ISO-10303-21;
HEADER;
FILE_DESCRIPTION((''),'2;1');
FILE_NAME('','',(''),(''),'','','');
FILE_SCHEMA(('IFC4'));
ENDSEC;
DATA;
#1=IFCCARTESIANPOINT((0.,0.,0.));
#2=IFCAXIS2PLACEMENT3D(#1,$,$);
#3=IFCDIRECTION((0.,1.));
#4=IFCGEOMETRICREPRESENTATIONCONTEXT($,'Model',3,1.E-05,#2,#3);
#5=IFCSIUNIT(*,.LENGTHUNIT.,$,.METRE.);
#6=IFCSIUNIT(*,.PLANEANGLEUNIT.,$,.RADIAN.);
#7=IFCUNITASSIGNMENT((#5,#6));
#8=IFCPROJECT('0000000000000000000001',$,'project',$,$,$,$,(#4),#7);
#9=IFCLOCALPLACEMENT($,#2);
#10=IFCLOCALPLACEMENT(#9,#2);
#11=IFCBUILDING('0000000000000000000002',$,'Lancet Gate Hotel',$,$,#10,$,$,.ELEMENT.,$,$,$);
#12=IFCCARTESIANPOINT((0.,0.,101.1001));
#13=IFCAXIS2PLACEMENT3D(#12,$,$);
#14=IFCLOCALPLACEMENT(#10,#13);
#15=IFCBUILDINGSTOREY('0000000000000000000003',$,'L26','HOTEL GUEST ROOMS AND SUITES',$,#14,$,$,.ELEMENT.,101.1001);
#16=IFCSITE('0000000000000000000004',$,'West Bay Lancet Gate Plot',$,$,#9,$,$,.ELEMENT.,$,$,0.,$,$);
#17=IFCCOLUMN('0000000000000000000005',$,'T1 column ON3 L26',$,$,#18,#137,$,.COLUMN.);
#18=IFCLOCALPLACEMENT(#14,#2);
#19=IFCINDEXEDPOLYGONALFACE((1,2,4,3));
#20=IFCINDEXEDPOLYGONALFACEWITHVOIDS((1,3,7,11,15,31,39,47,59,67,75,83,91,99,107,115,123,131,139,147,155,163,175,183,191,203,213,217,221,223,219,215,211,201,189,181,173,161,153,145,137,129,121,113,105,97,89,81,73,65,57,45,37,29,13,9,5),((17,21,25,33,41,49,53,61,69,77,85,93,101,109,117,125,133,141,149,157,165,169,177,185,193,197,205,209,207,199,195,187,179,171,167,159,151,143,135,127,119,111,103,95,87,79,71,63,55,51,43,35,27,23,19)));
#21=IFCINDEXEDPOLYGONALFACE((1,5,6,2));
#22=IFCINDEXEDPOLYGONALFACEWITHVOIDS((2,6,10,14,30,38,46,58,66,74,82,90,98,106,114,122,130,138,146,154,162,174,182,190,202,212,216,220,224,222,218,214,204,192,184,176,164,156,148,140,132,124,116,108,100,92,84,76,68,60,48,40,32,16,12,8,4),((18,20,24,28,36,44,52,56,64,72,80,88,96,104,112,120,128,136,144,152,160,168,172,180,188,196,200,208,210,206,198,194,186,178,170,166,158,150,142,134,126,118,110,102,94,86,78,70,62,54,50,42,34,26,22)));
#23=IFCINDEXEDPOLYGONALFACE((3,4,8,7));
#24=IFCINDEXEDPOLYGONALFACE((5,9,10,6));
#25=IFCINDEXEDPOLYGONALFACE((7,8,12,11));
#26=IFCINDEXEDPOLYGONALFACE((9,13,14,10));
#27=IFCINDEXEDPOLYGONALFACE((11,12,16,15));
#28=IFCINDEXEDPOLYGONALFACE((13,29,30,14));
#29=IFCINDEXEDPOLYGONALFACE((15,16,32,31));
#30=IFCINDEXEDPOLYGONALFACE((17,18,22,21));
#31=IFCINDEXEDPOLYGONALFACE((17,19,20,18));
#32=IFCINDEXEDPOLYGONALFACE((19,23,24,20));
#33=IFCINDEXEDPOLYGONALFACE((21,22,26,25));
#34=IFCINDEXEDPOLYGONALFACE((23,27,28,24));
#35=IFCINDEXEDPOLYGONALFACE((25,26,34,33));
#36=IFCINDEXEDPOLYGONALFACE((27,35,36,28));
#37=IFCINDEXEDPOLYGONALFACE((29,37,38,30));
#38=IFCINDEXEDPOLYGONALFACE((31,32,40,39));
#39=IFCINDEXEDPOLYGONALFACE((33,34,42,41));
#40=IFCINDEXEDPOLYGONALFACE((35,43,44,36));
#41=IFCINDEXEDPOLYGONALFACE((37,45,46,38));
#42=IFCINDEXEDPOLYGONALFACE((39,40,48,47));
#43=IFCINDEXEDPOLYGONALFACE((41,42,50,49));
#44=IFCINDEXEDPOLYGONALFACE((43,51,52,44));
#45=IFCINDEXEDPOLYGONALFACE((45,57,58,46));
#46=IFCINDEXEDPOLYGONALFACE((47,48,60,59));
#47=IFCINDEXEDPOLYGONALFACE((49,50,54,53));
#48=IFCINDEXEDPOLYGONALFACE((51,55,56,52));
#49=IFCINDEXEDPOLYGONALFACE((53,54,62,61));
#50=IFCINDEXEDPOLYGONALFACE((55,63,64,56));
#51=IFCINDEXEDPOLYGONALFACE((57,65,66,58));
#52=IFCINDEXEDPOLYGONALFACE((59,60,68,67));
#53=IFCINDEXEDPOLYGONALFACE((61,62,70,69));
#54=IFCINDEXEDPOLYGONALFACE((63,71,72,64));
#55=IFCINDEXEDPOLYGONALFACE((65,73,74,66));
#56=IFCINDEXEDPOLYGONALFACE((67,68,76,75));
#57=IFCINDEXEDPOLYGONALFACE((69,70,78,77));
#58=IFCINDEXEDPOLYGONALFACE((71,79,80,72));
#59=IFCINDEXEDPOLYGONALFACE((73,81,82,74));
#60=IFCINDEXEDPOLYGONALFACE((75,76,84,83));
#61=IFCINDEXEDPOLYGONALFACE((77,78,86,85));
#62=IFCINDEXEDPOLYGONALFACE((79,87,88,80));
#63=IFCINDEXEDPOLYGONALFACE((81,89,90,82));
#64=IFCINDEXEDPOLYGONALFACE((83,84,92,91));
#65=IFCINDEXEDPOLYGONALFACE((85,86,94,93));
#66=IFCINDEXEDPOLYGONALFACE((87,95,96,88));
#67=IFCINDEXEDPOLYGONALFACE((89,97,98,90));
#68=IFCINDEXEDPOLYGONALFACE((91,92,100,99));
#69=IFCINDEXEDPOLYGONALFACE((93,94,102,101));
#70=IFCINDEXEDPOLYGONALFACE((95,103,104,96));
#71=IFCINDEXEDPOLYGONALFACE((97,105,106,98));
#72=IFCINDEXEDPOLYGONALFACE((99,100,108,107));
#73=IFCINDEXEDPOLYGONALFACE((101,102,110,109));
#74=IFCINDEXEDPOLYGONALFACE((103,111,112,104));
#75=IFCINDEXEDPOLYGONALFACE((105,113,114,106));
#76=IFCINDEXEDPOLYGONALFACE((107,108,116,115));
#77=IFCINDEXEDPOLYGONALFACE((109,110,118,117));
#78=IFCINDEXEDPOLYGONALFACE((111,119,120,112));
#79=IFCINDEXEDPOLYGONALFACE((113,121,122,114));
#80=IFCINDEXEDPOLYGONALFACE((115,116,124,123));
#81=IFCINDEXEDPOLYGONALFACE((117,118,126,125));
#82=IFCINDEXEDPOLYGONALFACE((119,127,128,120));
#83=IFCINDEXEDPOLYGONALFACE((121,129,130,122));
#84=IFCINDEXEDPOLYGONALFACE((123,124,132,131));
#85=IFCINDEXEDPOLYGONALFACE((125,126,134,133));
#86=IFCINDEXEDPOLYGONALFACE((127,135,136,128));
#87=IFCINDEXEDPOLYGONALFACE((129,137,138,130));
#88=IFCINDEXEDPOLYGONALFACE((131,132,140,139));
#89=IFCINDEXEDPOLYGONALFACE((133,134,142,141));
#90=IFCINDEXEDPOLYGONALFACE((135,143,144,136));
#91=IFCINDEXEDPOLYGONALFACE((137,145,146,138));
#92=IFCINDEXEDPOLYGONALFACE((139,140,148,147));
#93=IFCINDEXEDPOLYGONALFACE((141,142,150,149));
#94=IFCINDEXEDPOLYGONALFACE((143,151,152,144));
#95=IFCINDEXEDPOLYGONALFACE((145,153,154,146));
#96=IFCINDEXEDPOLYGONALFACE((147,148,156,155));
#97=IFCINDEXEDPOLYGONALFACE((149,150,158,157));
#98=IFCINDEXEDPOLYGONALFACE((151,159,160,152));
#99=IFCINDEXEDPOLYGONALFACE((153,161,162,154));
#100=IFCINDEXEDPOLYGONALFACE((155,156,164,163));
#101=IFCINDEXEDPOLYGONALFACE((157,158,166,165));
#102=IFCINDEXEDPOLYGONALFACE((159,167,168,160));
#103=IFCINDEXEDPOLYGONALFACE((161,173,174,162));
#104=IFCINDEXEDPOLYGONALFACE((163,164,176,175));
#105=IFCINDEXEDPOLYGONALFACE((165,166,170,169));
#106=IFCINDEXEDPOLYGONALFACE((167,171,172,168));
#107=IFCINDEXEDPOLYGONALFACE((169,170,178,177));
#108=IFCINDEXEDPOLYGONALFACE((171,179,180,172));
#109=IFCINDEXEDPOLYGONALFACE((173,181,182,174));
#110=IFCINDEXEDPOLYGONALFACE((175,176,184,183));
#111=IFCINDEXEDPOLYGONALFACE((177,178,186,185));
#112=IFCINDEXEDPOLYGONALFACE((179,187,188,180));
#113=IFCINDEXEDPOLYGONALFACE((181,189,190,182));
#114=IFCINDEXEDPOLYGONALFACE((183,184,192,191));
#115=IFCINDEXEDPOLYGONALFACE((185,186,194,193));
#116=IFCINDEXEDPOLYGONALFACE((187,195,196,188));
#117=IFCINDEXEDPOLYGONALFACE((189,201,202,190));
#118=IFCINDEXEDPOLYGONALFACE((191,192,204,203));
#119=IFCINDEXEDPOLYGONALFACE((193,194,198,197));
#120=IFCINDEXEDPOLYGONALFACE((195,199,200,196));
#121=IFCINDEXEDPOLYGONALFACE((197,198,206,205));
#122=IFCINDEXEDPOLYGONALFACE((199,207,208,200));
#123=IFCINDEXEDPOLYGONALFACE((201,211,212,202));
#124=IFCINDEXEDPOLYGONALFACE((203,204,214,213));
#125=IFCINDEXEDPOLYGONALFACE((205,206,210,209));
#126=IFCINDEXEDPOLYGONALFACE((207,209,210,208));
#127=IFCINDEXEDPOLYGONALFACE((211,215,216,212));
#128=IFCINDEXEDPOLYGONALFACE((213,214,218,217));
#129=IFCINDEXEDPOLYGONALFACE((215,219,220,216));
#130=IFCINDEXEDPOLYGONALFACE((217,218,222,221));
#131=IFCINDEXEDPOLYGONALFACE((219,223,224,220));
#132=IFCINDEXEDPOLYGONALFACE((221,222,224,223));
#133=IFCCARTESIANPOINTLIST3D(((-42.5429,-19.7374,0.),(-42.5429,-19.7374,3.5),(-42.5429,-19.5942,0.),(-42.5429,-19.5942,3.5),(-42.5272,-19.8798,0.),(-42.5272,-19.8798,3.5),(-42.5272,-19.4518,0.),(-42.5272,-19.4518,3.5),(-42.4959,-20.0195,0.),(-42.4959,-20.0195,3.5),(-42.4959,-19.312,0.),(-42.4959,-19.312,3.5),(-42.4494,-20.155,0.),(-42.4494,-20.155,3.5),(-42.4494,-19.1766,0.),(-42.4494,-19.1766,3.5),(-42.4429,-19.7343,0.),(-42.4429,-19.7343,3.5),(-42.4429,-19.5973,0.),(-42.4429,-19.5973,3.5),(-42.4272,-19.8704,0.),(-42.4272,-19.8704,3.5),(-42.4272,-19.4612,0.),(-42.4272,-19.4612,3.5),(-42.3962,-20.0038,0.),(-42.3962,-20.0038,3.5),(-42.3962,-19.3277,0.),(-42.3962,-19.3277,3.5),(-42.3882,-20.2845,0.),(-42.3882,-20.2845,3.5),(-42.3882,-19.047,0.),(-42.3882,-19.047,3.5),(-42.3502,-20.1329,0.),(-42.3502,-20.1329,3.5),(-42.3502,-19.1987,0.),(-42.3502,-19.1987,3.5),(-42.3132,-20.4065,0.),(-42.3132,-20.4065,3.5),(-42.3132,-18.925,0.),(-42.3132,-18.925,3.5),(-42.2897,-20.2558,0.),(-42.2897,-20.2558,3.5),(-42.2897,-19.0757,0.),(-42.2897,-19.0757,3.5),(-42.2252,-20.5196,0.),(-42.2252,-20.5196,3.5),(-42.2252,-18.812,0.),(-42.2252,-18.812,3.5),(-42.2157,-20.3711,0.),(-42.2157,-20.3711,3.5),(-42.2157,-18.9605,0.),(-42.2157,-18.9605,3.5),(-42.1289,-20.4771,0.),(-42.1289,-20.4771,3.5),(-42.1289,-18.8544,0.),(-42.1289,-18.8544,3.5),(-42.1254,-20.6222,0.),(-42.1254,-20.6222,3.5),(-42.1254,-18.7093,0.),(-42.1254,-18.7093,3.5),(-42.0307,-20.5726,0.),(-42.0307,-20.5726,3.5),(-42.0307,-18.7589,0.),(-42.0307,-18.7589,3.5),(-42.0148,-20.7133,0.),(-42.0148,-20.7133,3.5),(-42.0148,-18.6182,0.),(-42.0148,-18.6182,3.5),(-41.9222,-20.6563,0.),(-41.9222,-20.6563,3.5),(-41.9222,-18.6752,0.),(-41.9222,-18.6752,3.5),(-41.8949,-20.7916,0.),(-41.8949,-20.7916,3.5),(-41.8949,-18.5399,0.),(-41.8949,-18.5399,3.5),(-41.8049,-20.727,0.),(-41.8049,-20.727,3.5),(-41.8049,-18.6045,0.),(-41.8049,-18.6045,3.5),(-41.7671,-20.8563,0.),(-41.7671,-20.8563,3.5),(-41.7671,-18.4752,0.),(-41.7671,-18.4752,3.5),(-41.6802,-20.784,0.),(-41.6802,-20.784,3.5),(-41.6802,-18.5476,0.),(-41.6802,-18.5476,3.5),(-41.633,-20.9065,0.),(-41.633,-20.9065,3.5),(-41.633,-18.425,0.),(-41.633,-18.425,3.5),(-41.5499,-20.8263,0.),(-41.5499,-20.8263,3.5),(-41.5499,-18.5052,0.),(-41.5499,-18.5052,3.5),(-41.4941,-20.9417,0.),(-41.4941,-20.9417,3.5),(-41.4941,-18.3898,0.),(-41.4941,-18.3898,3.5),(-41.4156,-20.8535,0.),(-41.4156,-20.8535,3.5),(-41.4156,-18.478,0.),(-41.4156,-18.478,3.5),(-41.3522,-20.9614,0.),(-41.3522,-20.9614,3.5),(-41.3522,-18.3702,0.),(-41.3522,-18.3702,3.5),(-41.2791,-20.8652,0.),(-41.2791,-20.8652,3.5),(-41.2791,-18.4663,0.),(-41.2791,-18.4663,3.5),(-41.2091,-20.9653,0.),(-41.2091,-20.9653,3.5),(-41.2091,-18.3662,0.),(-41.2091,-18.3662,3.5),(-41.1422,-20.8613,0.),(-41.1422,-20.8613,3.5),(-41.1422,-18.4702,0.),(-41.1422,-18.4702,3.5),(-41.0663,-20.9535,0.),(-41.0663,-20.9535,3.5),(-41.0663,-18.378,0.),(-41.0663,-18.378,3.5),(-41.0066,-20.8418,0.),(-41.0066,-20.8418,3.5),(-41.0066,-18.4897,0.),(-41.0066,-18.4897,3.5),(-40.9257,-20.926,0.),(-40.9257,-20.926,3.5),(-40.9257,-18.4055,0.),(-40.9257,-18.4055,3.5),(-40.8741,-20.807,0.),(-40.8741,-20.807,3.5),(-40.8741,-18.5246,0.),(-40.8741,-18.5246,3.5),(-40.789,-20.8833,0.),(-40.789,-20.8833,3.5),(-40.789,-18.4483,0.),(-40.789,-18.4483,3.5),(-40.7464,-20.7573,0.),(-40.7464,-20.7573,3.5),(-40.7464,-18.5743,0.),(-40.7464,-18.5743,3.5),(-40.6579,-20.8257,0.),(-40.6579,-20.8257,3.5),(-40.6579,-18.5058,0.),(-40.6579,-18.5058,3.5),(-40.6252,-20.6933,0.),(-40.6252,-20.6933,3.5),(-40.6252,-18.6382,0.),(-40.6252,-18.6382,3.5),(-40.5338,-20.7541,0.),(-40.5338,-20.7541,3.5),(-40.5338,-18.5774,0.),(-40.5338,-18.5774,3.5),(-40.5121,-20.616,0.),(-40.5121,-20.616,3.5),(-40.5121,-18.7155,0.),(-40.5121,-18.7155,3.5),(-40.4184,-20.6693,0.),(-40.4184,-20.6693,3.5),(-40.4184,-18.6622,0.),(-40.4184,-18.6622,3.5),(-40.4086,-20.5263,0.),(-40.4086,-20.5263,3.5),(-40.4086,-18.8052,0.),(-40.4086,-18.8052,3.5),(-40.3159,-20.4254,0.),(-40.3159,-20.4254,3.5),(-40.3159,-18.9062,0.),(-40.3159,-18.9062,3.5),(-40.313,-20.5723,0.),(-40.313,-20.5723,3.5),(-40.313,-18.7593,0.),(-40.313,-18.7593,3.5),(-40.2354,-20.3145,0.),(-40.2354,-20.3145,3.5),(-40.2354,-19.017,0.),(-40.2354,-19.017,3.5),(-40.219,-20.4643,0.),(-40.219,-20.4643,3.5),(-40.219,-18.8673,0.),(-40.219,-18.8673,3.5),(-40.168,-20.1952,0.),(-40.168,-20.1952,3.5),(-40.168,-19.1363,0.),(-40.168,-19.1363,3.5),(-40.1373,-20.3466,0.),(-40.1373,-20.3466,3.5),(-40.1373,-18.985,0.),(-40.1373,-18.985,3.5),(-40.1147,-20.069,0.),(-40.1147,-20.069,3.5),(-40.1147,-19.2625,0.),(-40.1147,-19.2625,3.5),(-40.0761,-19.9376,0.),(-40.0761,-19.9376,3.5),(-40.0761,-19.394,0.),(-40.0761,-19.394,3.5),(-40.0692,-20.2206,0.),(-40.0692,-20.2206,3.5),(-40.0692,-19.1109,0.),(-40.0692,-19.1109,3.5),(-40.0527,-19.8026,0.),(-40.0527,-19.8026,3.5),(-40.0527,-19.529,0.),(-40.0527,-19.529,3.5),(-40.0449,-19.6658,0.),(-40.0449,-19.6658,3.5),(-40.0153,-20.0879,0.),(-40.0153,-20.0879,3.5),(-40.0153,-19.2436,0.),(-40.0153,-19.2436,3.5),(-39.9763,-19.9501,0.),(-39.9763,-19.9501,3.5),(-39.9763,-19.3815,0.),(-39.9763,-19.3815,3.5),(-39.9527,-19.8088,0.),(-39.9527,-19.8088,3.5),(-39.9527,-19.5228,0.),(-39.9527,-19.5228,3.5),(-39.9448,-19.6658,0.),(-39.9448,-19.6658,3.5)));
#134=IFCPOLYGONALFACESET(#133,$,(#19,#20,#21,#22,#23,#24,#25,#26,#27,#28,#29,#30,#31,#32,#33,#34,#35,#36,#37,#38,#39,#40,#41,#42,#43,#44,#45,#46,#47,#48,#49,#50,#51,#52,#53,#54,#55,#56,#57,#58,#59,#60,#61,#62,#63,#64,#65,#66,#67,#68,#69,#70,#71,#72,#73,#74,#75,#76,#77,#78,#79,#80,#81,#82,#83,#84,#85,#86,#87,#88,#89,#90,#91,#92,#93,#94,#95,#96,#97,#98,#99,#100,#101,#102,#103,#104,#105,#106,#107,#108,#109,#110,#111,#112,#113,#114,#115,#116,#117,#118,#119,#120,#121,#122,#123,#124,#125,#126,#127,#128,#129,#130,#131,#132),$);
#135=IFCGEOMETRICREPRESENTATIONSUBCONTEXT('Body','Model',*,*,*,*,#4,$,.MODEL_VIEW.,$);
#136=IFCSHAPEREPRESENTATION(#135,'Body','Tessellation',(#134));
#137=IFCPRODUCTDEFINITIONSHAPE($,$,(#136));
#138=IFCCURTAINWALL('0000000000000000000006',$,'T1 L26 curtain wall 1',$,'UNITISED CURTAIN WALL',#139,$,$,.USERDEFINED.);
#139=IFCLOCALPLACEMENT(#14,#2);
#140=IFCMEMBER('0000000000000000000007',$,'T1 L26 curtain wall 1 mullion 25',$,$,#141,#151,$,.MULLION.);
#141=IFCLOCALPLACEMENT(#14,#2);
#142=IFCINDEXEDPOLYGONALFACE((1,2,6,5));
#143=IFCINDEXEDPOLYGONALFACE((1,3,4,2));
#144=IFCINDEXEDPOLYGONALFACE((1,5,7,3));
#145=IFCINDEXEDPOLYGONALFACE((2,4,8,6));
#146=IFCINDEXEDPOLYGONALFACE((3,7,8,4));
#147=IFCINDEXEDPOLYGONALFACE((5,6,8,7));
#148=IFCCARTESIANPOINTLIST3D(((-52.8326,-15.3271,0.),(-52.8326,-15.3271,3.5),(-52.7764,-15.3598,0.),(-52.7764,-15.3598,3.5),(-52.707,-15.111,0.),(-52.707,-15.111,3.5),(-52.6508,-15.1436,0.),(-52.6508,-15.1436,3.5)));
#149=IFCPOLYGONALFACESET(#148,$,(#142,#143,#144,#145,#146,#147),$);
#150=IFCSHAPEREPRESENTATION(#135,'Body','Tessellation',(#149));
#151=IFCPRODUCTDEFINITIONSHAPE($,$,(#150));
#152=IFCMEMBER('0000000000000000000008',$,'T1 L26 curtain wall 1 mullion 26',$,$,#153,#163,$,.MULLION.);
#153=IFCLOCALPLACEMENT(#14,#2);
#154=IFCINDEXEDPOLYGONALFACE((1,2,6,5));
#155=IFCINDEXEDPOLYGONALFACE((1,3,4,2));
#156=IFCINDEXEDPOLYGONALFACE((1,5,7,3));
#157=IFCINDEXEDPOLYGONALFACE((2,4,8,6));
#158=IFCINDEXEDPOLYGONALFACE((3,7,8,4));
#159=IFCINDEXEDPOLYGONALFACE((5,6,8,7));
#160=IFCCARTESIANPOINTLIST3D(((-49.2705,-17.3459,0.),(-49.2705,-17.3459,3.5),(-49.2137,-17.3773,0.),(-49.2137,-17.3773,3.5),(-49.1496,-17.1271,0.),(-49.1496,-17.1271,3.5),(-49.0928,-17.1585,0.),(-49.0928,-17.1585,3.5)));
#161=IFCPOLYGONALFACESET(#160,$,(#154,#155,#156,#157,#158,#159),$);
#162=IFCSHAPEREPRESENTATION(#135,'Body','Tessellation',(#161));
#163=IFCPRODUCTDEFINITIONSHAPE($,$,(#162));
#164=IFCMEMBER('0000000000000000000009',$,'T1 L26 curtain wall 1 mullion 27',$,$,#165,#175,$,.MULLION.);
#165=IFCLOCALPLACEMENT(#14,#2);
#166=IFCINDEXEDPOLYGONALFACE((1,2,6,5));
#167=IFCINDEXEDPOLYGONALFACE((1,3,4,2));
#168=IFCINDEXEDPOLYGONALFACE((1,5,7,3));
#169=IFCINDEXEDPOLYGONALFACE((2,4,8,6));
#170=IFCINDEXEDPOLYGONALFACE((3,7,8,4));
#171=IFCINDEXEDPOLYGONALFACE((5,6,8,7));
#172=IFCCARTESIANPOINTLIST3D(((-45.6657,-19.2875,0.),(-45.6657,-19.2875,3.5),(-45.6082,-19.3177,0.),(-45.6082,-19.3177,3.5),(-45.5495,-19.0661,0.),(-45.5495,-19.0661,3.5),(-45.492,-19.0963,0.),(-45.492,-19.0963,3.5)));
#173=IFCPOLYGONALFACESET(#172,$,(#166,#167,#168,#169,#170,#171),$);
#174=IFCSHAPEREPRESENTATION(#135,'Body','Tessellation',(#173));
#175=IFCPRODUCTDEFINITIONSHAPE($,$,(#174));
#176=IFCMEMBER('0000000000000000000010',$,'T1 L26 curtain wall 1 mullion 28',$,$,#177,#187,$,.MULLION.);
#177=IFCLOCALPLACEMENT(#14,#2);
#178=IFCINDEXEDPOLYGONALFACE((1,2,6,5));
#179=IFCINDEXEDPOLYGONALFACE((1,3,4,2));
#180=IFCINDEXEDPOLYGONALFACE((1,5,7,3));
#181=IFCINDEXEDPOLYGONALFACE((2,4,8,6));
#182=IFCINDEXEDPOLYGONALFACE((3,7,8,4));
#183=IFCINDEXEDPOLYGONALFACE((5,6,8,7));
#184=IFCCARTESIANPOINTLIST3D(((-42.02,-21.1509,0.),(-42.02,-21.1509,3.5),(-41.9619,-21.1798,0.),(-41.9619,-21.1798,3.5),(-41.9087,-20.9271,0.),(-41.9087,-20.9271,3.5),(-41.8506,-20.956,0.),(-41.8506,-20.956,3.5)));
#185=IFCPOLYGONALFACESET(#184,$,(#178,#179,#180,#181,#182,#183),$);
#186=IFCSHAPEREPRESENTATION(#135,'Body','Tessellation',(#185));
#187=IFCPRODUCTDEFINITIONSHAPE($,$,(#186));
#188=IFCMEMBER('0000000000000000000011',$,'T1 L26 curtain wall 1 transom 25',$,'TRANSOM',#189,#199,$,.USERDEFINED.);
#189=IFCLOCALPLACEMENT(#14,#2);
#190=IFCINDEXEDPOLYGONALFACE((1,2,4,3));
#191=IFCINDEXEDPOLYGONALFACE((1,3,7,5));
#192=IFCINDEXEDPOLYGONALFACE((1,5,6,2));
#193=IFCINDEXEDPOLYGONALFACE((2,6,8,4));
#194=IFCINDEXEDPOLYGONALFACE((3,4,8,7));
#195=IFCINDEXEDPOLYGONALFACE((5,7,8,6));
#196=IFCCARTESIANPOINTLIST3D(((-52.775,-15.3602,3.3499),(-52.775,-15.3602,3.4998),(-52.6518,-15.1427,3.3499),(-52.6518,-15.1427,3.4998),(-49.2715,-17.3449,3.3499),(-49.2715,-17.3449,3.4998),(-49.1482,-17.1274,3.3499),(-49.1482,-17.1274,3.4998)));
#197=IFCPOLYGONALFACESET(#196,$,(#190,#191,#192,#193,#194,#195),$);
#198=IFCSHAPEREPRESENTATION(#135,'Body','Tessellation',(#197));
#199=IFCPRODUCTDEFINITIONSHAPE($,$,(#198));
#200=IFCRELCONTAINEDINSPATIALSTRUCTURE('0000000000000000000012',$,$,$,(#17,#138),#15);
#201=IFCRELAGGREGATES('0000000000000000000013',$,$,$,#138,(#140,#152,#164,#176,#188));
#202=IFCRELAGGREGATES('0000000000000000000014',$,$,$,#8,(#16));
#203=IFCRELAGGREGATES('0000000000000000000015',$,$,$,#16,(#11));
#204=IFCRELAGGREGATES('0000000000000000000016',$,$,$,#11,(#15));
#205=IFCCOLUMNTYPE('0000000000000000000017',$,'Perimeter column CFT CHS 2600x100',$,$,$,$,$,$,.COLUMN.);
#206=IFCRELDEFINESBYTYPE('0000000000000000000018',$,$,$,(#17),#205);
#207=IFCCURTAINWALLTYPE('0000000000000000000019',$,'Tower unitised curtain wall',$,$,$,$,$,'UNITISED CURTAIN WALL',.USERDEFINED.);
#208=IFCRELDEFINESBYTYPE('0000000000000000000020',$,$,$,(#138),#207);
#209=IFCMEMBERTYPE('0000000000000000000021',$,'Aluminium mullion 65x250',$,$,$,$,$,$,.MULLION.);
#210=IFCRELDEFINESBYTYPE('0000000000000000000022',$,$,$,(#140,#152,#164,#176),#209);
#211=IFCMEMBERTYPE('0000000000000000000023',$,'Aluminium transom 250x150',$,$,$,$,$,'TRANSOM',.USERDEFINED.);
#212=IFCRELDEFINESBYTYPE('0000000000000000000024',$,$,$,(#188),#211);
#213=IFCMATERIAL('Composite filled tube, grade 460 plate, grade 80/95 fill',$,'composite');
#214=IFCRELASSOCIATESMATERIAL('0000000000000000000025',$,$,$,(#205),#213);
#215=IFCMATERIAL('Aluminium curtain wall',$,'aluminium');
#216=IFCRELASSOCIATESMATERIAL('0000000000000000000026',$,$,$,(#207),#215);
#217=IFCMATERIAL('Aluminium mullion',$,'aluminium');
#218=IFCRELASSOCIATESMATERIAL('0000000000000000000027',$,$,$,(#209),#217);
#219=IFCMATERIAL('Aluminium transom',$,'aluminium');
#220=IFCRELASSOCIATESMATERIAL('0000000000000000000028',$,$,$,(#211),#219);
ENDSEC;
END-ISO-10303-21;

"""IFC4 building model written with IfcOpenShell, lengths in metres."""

from ifc_helpers import new_model, si_unit, direction, frame, origin, origin_2d, place, context, subcontext, project, spatial, rectangle, hollow_circle, extrude, material, material_profile, profile_set, type_object, element, aggregate, save


model = new_model("IFC4")

# Units and contexts
model_context = context("Model", 3, precision=1e-05, world=origin(), true_north=direction((0.0, 1.0)))
body_context = subcontext(model_context, "Body", "Model", "MODEL_VIEW")
ifc_project = project(units=[si_unit("LENGTHUNIT", "METRE"), si_unit("PLANEANGLEUNIT", "RADIAN")], contexts=[model_context])

# Site, building, storey
site_placement = place(None, origin())
site = spatial("IfcSite", under=ifc_project, at=site_placement, Name="West Bay Lancet Gate Plot", CompositionType="ELEMENT", RefElevation=0.0)
building_placement = place(site_placement, origin())
building = spatial("IfcBuilding", under=site, at=building_placement, Name="Lancet Gate Hotel", CompositionType="ELEMENT")
storey_placement = place(building_placement, frame((0.0, 0.0, 101.1001)))
storey = spatial("IfcBuildingStorey", under=building, at=storey_placement, Name="L26", Description="HOTEL GUEST ROOMS AND SUITES", CompositionType="ELEMENT", Elevation=101.1001)

# Column
ifc_material_1 = material(Name="Composite filled tube, grade 460 plate, grade 80/95 fill", Category="composite")
ifc_material_profile_1 = material_profile(ifc_material_1, hollow_circle(Radius=1.3, WallThickness=0.1001, at=origin_2d()), Name="CHS 2600x100")
ifc_profile_set_1 = profile_set([ifc_material_profile_1], Name="Composite filled tube, grade 460 plate, grade 80/95 fill")
column_type = type_object("IfcColumnType", Name="Perimeter column CFT CHS 2600x100", PredefinedType="COLUMN", material=ifc_profile_set_1)
for number, where, z_axis, x_axis, name in (
    (1, (-41.2449, -19.6658, 0.0), (0.0, 0.0, 1.0), (1.0, 0.0, 0.0), "T1 column ON3 L26"),
):
    element("IfcColumn", number, at=place(storey_placement, frame(where, z_axis=z_axis, x_axis=x_axis)), inside=storey, type_object=column_type, Name=name, PredefinedType="COLUMN", context=body_context, shape_type="SweptSolid", body=[
        extrude(hollow_circle(Radius=1.3, WallThickness=0.1001, at=origin_2d()), origin(), (0.0, 0.0, 1.0), 3.5),
    ])

# Curtain wall, members
ifc_material_2 = material(Name="Aluminium curtain wall", Category="aluminium")
curtain_wall_type = type_object("IfcCurtainWallType", Name="Tower unitised curtain wall", ElementType="UNITISED CURTAIN WALL", PredefinedType="USERDEFINED", material=ifc_material_2)
curtain_wall_placement = place(storey_placement, origin())
curtain_wall = element("IfcCurtainWall", 2, at=curtain_wall_placement, inside=storey, type_object=curtain_wall_type, Name="T1 L26 curtain wall 1", ObjectType="UNITISED CURTAIN WALL", PredefinedType="USERDEFINED")
ifc_material_3 = material(Name="Aluminium mullion", Category="aluminium")
ifc_material_profile_2 = material_profile(ifc_material_3, rectangle(XDim=0.0649, YDim=0.25, at=origin_2d()), Name="MULLION 65x250")
ifc_profile_set_2 = profile_set([ifc_material_profile_2], Name="Aluminium mullion")
member_type_1 = type_object("IfcMemberType", Name="Aluminium mullion 65x250", PredefinedType="MULLION", material=ifc_profile_set_2)
member_1_placement = place(storey_placement, frame((-52.7417, -15.2354, 0.0), z_axis=(0.0, 0.0, 1.0), x_axis=(0.864728, -0.502241, 0.0)))
member_1 = element("IfcMember", 3, at=member_1_placement, type_object=member_type_1, Name="T1 L26 curtain wall 1 mullion 25", PredefinedType="MULLION", context=body_context, shape_type="SweptSolid", body=[
    extrude(rectangle(XDim=0.0649, YDim=0.25, at=origin_2d()), origin(), (0.0, 0.0, 1.0), 3.5),
])
member_2_placement = place(storey_placement, frame((-49.1816, -17.2522, 0.0), z_axis=(0.0, 0.0, 1.0), x_axis=(0.875339, -0.48351, 0.0)))
member_2 = element("IfcMember", 4, at=member_2_placement, type_object=member_type_1, Name="T1 L26 curtain wall 1 mullion 26", PredefinedType="MULLION", context=body_context, shape_type="SweptSolid", body=[
    extrude(rectangle(XDim=0.0649, YDim=0.25, at=origin_2d()), origin(), (0.0, 0.0, 1.0), 3.5),
])
member_3_placement = place(storey_placement, frame((-45.5789, -19.1919, 0.0), z_axis=(0.0, 0.0, 1.0), x_axis=(0.885544, -0.464555, 0.0)))
member_3 = element("IfcMember", 5, at=member_3_placement, type_object=member_type_1, Name="T1 L26 curtain wall 1 mullion 27", PredefinedType="MULLION", context=body_context, shape_type="SweptSolid", body=[
    extrude(rectangle(XDim=0.0649, YDim=0.25, at=origin_2d()), origin(), (0.0, 0.0, 1.0), 3.5),
])
member_4_placement = place(storey_placement, frame((-41.9353, -21.0535, 0.0), z_axis=(0.0, 0.0, 1.0), x_axis=(0.895339, -0.445384, 0.0)))
member_4 = element("IfcMember", 6, at=member_4_placement, type_object=member_type_1, Name="T1 L26 curtain wall 1 mullion 28", PredefinedType="MULLION", context=body_context, shape_type="SweptSolid", body=[
    extrude(rectangle(XDim=0.0649, YDim=0.25, at=origin_2d()), origin(), (0.0, 0.0, 1.0), 3.5),
])
ifc_material_4 = material(Name="Aluminium transom", Category="aluminium")
ifc_material_profile_3 = material_profile(ifc_material_4, rectangle(XDim=0.25, YDim=0.1499, at=origin_2d()), Name="TRANSOM 250x150")
ifc_profile_set_3 = profile_set([ifc_material_profile_3], Name="Aluminium transom")
member_type_2 = type_object("IfcMemberType", Name="Aluminium transom 250x150", ElementType="TRANSOM", PredefinedType="USERDEFINED", material=ifc_profile_set_3)
member_5_placement = place(storey_placement, frame((-52.7134, -15.2515, 3.4248), z_axis=(0.870092, -0.49289, 0.0), x_axis=(0.49289, 0.870092, 0.0)))
member_5 = element("IfcMember", 7, at=member_5_placement, type_object=member_type_2, Name="T1 L26 curtain wall 1 transom 25", ObjectType="TRANSOM", PredefinedType="USERDEFINED", context=body_context, shape_type="SweptSolid", body=[
    extrude(rectangle(XDim=0.25, YDim=0.1499, at=origin_2d()), origin(), (0.0, 0.0, 1.0), 4.0266),
])

aggregate(curtain_wall, [member_1, member_2, member_3, member_4, member_5])

save(model, "model.ifc")
